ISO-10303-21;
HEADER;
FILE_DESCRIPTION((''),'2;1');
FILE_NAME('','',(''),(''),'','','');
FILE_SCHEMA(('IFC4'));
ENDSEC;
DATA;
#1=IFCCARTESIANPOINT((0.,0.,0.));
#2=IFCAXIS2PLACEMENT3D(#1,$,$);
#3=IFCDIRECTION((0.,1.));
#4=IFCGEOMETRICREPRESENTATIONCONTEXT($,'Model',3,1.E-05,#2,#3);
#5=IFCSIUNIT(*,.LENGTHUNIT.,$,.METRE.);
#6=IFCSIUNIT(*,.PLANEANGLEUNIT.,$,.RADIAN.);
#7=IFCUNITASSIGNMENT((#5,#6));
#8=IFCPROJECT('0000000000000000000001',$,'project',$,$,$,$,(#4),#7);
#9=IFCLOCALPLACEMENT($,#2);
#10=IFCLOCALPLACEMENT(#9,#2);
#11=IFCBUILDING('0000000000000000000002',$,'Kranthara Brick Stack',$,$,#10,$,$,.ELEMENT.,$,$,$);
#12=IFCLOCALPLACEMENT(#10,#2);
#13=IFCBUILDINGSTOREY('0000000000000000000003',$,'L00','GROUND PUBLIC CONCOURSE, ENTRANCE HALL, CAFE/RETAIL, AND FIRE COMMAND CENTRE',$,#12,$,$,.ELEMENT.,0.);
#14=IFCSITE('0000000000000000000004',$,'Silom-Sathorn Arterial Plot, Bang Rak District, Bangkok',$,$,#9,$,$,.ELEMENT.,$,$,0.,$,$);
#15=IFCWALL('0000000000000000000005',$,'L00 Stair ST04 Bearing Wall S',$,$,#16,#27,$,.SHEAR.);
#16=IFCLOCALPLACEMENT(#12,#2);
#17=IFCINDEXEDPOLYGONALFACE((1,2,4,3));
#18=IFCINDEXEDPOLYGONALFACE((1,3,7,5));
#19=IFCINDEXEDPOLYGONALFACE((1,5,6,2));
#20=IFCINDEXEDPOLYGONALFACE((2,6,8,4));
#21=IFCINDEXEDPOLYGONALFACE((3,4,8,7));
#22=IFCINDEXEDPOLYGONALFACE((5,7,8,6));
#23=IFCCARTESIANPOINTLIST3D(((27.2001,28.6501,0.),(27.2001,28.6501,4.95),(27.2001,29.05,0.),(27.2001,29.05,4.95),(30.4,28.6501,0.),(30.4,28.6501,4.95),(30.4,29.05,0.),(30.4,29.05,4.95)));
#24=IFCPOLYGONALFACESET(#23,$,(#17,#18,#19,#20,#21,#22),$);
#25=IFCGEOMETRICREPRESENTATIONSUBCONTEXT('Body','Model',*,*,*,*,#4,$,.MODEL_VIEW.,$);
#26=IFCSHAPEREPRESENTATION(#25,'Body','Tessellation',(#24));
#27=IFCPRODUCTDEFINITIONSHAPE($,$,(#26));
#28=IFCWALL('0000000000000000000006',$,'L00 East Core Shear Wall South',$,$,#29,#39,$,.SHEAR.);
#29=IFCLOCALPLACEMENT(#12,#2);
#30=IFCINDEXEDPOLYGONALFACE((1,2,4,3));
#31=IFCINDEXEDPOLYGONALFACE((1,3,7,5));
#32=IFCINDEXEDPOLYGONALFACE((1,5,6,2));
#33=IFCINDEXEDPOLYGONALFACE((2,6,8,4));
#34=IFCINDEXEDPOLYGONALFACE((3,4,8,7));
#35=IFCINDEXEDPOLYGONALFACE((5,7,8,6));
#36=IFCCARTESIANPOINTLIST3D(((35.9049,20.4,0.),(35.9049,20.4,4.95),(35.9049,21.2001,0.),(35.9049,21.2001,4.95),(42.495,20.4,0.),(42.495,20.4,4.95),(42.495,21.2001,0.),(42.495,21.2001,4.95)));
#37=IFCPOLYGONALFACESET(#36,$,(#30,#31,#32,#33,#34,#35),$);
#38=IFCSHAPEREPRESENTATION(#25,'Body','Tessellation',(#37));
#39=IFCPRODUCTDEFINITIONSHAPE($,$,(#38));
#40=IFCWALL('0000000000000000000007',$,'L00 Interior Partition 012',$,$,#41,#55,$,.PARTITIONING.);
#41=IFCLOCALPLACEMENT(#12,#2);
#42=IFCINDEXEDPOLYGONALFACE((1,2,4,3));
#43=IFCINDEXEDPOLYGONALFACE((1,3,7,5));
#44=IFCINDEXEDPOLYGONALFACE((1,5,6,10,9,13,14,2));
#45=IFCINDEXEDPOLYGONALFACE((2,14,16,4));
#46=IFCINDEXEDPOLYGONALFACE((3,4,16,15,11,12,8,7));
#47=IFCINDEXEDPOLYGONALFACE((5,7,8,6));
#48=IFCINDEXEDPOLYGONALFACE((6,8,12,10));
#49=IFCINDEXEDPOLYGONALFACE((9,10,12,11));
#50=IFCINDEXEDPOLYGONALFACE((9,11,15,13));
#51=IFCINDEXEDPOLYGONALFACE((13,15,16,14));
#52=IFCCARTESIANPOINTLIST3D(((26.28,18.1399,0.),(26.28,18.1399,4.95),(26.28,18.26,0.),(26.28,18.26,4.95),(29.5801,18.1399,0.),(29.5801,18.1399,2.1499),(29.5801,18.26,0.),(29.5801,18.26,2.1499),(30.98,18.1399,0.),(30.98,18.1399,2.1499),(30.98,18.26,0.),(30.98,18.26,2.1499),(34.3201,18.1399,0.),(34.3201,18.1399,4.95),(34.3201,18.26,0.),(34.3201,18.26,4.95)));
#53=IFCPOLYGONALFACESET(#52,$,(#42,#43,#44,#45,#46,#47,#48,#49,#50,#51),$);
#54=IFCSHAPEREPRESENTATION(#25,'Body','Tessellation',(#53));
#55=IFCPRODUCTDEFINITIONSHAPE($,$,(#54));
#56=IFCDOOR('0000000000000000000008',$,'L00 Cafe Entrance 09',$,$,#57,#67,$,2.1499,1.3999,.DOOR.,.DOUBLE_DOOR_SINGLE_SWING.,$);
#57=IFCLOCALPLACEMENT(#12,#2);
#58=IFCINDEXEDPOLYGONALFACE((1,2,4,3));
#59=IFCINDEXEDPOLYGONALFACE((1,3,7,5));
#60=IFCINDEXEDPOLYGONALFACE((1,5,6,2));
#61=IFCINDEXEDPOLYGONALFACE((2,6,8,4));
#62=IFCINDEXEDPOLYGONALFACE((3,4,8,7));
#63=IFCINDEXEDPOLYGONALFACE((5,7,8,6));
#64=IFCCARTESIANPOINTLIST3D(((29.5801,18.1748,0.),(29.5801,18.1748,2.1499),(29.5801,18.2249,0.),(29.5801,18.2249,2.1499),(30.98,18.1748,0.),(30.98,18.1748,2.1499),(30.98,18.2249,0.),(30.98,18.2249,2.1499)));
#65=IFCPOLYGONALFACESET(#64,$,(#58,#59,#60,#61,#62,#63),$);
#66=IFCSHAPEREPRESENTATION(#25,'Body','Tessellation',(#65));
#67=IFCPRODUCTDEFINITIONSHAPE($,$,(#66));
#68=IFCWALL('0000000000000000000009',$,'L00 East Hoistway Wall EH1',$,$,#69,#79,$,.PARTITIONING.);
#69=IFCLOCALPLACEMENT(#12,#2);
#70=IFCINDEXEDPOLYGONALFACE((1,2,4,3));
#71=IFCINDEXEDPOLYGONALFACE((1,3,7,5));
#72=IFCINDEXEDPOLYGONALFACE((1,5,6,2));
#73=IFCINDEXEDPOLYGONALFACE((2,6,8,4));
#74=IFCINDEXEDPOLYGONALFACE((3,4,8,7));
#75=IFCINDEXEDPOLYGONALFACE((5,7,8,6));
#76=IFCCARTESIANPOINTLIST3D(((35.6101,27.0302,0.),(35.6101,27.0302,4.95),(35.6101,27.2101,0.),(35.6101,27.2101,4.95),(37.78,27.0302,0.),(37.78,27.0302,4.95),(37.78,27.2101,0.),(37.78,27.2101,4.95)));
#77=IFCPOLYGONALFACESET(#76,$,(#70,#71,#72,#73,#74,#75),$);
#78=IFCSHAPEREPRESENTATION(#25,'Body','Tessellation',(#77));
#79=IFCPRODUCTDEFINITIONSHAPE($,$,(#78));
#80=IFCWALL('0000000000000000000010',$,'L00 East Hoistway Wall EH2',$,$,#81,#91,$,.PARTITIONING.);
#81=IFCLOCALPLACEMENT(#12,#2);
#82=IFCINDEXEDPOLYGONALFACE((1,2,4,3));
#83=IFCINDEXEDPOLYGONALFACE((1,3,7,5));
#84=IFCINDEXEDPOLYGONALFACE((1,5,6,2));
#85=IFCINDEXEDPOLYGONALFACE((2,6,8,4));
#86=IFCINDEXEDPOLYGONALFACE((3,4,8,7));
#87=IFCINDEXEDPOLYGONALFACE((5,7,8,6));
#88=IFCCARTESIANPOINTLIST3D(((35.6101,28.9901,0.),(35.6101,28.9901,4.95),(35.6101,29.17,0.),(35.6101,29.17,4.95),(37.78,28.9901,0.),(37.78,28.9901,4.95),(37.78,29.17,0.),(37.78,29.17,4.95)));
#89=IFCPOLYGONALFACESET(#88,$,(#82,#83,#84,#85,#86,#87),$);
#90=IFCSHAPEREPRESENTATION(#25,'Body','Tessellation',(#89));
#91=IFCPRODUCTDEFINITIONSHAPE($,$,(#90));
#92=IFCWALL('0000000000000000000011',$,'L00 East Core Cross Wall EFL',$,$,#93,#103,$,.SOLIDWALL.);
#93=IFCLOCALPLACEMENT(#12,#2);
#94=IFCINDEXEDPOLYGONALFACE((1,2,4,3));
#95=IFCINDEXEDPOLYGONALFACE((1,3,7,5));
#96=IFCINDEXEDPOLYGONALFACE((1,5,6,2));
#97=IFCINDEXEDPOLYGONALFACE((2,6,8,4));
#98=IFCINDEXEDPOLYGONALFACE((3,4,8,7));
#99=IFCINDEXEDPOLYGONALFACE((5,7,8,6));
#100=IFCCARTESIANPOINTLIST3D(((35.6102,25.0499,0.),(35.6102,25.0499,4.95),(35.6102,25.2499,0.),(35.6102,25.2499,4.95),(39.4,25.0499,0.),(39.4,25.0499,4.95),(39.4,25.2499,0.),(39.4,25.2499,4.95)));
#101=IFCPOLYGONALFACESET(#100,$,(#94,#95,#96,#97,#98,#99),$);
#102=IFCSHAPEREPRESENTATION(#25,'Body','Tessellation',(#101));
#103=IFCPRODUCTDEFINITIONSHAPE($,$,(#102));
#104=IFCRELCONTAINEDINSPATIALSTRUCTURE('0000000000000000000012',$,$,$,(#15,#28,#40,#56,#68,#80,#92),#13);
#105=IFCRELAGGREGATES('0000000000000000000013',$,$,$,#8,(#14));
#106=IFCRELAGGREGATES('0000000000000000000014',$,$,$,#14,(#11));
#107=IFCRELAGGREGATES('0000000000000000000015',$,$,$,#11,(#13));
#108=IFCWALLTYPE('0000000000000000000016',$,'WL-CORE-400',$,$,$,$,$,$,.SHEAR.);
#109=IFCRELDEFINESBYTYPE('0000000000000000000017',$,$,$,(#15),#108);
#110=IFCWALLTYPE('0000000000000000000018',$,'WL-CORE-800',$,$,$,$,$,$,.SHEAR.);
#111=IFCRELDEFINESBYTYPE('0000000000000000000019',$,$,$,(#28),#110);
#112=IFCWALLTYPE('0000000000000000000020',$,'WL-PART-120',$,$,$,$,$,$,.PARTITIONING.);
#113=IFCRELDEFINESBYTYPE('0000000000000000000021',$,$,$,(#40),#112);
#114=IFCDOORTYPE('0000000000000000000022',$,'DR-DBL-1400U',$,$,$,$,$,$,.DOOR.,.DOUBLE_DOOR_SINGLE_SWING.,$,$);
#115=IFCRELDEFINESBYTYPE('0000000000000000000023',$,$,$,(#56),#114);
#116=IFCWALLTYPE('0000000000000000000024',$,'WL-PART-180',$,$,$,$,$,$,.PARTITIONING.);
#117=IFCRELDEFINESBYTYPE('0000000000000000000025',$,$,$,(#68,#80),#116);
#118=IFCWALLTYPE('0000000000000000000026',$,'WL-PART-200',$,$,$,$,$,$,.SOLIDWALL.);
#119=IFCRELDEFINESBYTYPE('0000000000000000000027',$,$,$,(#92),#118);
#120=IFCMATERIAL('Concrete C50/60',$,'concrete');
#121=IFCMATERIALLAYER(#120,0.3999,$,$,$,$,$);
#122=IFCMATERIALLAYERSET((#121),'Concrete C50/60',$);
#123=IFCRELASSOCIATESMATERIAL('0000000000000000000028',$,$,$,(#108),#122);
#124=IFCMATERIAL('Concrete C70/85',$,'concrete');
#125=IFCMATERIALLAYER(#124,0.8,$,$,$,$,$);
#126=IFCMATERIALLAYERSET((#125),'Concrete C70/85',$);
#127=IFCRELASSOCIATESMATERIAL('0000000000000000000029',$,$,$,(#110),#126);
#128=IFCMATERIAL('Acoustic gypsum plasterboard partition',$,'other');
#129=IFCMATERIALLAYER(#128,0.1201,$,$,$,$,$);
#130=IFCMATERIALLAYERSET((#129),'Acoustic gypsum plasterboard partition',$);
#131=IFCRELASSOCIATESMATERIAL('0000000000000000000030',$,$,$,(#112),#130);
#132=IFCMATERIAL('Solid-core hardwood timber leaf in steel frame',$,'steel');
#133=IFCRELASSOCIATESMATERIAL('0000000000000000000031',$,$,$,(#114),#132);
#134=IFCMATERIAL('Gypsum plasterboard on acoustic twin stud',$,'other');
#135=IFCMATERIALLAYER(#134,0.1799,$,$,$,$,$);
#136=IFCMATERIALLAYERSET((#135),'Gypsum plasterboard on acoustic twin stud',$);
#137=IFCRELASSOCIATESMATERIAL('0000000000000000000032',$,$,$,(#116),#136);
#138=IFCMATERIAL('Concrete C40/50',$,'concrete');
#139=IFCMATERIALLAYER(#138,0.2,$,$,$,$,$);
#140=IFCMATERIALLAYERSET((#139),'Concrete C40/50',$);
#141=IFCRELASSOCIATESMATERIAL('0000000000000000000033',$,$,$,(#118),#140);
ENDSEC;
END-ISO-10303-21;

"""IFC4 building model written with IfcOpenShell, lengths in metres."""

from ifc_helpers import new_model, si_unit, direction, frame, frame_2d, origin, place, context, subcontext, project, spatial, rectangle, extrude, material, layer, layer_set, type_object, element, fill, save


model = new_model("IFC4")

# Units and contexts
model_context = context("Model", 3, precision=1e-05, world=origin(), true_north=direction((0.0, 1.0)))
body_context = subcontext(model_context, "Body", "Model", "MODEL_VIEW")
ifc_project = project(units=[si_unit("LENGTHUNIT", "METRE"), si_unit("PLANEANGLEUNIT", "RADIAN")], contexts=[model_context])

# Site, building, storey
site_placement = place(None, origin())
site = spatial("IfcSite", under=ifc_project, at=site_placement, Name="Silom-Sathorn Arterial Plot, Bang Rak District, Bangkok", CompositionType="ELEMENT", RefElevation=0.0)
building_placement = place(site_placement, origin())
building = spatial("IfcBuilding", under=site, at=building_placement, Name="Kranthara Brick Stack", CompositionType="ELEMENT")
storey_placement = place(building_placement, origin())
storey = spatial("IfcBuildingStorey", under=building, at=storey_placement, Name="L00", Description="GROUND PUBLIC CONCOURSE, ENTRANCE HALL, CAFE/RETAIL, AND FIRE COMMAND CENTRE", CompositionType="ELEMENT", Elevation=0.0)

# Shared definitions
ifc_material_1 = material(Name="Concrete C50/60", Category="concrete")
ifc_layer_1 = layer(ifc_material_1, 0.3999)
ifc_layer_set_1 = layer_set([ifc_layer_1], Name="Concrete C50/60")
wall_type_1 = type_object("IfcWallType", Name="WL-CORE-400", PredefinedType="SHEAR", material=ifc_layer_set_1)

# Walls
wall_1_placement = place(storey_placement, frame((27.2, 28.8501, 0.0), z_axis=(0.0, 0.0, 1.0), x_axis=(1.0, 0.0, 0.0)))
element("IfcWall", 1, at=wall_1_placement, inside=storey, type_object=wall_type_1, Name="L00 Stair ST04 Bearing Wall S", PredefinedType="SHEAR", context=body_context, shape_type="SweptSolid", body=[
    extrude(rectangle(XDim=3.2, YDim=0.3999, at=frame_2d((1.6001, 0.0))), origin(), (0.0, 0.0, 1.0), 4.95),
])
ifc_material_2 = material(Name="Concrete C70/85", Category="concrete")
ifc_layer_2 = layer(ifc_material_2, 0.8)
ifc_layer_set_2 = layer_set([ifc_layer_2], Name="Concrete C70/85")
wall_type_2 = type_object("IfcWallType", Name="WL-CORE-800", PredefinedType="SHEAR", material=ifc_layer_set_2)
wall_2_placement = place(storey_placement, frame((35.905, 20.8, 0.0), z_axis=(0.0, 0.0, 1.0), x_axis=(1.0, 0.0, 0.0)))
element("IfcWall", 2, at=wall_2_placement, inside=storey, type_object=wall_type_2, Name="L00 East Core Shear Wall South", PredefinedType="SHEAR", context=body_context, shape_type="SweptSolid", body=[
    extrude(rectangle(XDim=6.5901, YDim=0.8, at=frame_2d((3.2949, 0.0))), origin(), (0.0, 0.0, 1.0), 4.95),
])

# Wall, opening, door
ifc_material_3 = material(Name="Acoustic gypsum plasterboard partition", Category="other")
ifc_layer_3 = layer(ifc_material_3, 0.1201)
ifc_layer_set_3 = layer_set([ifc_layer_3], Name="Acoustic gypsum plasterboard partition")
wall_type_3 = type_object("IfcWallType", Name="WL-PART-120", PredefinedType="PARTITIONING", material=ifc_layer_set_3)
wall_3_placement = place(storey_placement, frame((26.28, 18.2, 0.0), z_axis=(0.0, 0.0, 1.0), x_axis=(1.0, 0.0, 0.0)))
wall_3 = element("IfcWall", 3, at=wall_3_placement, inside=storey, type_object=wall_type_3, Name="L00 Interior Partition 012", PredefinedType="PARTITIONING", context=body_context, shape_type="SweptSolid", body=[
    extrude(rectangle(XDim=8.04, YDim=0.1201, at=frame_2d((4.02, 0.0))), origin(), (0.0, 0.0, 1.0), 4.95),
])
opening_1_placement = place(wall_3_placement, frame((3.3, 0.0, 0.0)))
opening_1 = element("IfcOpeningElement", 4, at=opening_1_placement, cuts=wall_3, PredefinedType="OPENING", context=body_context, shape_type="SweptSolid", body=[
    extrude(rectangle(XDim=1.3999, YDim=2.1499, at=frame_2d((0.7, 1.075))), frame((0.0, 0.0701, 0.0), z_axis=(0.0, -1.0, 0.0), x_axis=(1.0, 0.0, 0.0)), (0.0, 0.0, 1.0), 0.1401),
])
ifc_material_4 = material(Name="Solid-core hardwood timber leaf in steel frame", Category="steel")
door_type_1 = type_object("IfcDoorType", Name="DR-DBL-1400U", OperationType="DOUBLE_DOOR_SINGLE_SWING", PredefinedType="DOOR", material=ifc_material_4)
door_1_placement = place(opening_1_placement, origin())
door_1 = element("IfcDoor", 5, at=door_1_placement, inside=storey, type_object=door_type_1, Name="L00 Cafe Entrance 09", OperationType="DOUBLE_DOOR_SINGLE_SWING", OverallHeight=2.1499, OverallWidth=1.3999, PredefinedType="DOOR", context=body_context, shape_type="SweptSolid", body=[
    extrude(rectangle(XDim=1.3999, YDim=2.1499, at=frame_2d((0.7, 1.075))), frame((0.0, 0.0249, 0.0), z_axis=(0.0, -1.0, 0.0), x_axis=(1.0, 0.0, 0.0)), (0.0, 0.0, 1.0), 0.05),
])
fill(opening_1, door_1)

# Walls
ifc_material_5 = material(Name="Gypsum plasterboard on acoustic twin stud", Category="other")
ifc_layer_4 = layer(ifc_material_5, 0.1799)
ifc_layer_set_4 = layer_set([ifc_layer_4], Name="Gypsum plasterboard on acoustic twin stud")
wall_type_4 = type_object("IfcWallType", Name="WL-PART-180", PredefinedType="PARTITIONING", material=ifc_layer_set_4)
for number, where, z_axis, x_axis, name in (
    (6, (35.6101, 27.1201, 0.0), (0.0, 0.0, 1.0), (1.0, 0.0, 0.0), "L00 East Hoistway Wall EH1"),
    (7, (35.6101, 29.0801, 0.0), (0.0, 0.0, 1.0), (1.0, 0.0, 0.0), "L00 East Hoistway Wall EH2"),
):
    element("IfcWall", number, at=place(storey_placement, frame(where, z_axis=z_axis, x_axis=x_axis)), inside=storey, type_object=wall_type_4, Name=name, PredefinedType="PARTITIONING", context=body_context, shape_type="SweptSolid", body=[
        extrude(rectangle(XDim=2.1699, YDim=0.1799, at=frame_2d((1.085, 0.0))), origin(), (0.0, 0.0, 1.0), 4.95),
    ])
ifc_material_6 = material(Name="Concrete C40/50", Category="concrete")
ifc_layer_5 = layer(ifc_material_6, 0.2)
ifc_layer_set_5 = layer_set([ifc_layer_5], Name="Concrete C40/50")
wall_type_5 = type_object("IfcWallType", Name="WL-PART-200", PredefinedType="SOLIDWALL", material=ifc_layer_set_5)
wall_4_placement = place(storey_placement, frame((35.6101, 25.1499, 0.0), z_axis=(0.0, 0.0, 1.0), x_axis=(1.0, 0.0, 0.0)))
element("IfcWall", 8, at=wall_4_placement, inside=storey, type_object=wall_type_5, Name="L00 East Core Cross Wall EFL", PredefinedType="SOLIDWALL", context=body_context, shape_type="SweptSolid", body=[
    extrude(rectangle(XDim=3.7898, YDim=0.2, at=frame_2d((1.895, 0.0))), origin(), (0.0, 0.0, 1.0), 4.95),
])

save(model, "model.ifc")
